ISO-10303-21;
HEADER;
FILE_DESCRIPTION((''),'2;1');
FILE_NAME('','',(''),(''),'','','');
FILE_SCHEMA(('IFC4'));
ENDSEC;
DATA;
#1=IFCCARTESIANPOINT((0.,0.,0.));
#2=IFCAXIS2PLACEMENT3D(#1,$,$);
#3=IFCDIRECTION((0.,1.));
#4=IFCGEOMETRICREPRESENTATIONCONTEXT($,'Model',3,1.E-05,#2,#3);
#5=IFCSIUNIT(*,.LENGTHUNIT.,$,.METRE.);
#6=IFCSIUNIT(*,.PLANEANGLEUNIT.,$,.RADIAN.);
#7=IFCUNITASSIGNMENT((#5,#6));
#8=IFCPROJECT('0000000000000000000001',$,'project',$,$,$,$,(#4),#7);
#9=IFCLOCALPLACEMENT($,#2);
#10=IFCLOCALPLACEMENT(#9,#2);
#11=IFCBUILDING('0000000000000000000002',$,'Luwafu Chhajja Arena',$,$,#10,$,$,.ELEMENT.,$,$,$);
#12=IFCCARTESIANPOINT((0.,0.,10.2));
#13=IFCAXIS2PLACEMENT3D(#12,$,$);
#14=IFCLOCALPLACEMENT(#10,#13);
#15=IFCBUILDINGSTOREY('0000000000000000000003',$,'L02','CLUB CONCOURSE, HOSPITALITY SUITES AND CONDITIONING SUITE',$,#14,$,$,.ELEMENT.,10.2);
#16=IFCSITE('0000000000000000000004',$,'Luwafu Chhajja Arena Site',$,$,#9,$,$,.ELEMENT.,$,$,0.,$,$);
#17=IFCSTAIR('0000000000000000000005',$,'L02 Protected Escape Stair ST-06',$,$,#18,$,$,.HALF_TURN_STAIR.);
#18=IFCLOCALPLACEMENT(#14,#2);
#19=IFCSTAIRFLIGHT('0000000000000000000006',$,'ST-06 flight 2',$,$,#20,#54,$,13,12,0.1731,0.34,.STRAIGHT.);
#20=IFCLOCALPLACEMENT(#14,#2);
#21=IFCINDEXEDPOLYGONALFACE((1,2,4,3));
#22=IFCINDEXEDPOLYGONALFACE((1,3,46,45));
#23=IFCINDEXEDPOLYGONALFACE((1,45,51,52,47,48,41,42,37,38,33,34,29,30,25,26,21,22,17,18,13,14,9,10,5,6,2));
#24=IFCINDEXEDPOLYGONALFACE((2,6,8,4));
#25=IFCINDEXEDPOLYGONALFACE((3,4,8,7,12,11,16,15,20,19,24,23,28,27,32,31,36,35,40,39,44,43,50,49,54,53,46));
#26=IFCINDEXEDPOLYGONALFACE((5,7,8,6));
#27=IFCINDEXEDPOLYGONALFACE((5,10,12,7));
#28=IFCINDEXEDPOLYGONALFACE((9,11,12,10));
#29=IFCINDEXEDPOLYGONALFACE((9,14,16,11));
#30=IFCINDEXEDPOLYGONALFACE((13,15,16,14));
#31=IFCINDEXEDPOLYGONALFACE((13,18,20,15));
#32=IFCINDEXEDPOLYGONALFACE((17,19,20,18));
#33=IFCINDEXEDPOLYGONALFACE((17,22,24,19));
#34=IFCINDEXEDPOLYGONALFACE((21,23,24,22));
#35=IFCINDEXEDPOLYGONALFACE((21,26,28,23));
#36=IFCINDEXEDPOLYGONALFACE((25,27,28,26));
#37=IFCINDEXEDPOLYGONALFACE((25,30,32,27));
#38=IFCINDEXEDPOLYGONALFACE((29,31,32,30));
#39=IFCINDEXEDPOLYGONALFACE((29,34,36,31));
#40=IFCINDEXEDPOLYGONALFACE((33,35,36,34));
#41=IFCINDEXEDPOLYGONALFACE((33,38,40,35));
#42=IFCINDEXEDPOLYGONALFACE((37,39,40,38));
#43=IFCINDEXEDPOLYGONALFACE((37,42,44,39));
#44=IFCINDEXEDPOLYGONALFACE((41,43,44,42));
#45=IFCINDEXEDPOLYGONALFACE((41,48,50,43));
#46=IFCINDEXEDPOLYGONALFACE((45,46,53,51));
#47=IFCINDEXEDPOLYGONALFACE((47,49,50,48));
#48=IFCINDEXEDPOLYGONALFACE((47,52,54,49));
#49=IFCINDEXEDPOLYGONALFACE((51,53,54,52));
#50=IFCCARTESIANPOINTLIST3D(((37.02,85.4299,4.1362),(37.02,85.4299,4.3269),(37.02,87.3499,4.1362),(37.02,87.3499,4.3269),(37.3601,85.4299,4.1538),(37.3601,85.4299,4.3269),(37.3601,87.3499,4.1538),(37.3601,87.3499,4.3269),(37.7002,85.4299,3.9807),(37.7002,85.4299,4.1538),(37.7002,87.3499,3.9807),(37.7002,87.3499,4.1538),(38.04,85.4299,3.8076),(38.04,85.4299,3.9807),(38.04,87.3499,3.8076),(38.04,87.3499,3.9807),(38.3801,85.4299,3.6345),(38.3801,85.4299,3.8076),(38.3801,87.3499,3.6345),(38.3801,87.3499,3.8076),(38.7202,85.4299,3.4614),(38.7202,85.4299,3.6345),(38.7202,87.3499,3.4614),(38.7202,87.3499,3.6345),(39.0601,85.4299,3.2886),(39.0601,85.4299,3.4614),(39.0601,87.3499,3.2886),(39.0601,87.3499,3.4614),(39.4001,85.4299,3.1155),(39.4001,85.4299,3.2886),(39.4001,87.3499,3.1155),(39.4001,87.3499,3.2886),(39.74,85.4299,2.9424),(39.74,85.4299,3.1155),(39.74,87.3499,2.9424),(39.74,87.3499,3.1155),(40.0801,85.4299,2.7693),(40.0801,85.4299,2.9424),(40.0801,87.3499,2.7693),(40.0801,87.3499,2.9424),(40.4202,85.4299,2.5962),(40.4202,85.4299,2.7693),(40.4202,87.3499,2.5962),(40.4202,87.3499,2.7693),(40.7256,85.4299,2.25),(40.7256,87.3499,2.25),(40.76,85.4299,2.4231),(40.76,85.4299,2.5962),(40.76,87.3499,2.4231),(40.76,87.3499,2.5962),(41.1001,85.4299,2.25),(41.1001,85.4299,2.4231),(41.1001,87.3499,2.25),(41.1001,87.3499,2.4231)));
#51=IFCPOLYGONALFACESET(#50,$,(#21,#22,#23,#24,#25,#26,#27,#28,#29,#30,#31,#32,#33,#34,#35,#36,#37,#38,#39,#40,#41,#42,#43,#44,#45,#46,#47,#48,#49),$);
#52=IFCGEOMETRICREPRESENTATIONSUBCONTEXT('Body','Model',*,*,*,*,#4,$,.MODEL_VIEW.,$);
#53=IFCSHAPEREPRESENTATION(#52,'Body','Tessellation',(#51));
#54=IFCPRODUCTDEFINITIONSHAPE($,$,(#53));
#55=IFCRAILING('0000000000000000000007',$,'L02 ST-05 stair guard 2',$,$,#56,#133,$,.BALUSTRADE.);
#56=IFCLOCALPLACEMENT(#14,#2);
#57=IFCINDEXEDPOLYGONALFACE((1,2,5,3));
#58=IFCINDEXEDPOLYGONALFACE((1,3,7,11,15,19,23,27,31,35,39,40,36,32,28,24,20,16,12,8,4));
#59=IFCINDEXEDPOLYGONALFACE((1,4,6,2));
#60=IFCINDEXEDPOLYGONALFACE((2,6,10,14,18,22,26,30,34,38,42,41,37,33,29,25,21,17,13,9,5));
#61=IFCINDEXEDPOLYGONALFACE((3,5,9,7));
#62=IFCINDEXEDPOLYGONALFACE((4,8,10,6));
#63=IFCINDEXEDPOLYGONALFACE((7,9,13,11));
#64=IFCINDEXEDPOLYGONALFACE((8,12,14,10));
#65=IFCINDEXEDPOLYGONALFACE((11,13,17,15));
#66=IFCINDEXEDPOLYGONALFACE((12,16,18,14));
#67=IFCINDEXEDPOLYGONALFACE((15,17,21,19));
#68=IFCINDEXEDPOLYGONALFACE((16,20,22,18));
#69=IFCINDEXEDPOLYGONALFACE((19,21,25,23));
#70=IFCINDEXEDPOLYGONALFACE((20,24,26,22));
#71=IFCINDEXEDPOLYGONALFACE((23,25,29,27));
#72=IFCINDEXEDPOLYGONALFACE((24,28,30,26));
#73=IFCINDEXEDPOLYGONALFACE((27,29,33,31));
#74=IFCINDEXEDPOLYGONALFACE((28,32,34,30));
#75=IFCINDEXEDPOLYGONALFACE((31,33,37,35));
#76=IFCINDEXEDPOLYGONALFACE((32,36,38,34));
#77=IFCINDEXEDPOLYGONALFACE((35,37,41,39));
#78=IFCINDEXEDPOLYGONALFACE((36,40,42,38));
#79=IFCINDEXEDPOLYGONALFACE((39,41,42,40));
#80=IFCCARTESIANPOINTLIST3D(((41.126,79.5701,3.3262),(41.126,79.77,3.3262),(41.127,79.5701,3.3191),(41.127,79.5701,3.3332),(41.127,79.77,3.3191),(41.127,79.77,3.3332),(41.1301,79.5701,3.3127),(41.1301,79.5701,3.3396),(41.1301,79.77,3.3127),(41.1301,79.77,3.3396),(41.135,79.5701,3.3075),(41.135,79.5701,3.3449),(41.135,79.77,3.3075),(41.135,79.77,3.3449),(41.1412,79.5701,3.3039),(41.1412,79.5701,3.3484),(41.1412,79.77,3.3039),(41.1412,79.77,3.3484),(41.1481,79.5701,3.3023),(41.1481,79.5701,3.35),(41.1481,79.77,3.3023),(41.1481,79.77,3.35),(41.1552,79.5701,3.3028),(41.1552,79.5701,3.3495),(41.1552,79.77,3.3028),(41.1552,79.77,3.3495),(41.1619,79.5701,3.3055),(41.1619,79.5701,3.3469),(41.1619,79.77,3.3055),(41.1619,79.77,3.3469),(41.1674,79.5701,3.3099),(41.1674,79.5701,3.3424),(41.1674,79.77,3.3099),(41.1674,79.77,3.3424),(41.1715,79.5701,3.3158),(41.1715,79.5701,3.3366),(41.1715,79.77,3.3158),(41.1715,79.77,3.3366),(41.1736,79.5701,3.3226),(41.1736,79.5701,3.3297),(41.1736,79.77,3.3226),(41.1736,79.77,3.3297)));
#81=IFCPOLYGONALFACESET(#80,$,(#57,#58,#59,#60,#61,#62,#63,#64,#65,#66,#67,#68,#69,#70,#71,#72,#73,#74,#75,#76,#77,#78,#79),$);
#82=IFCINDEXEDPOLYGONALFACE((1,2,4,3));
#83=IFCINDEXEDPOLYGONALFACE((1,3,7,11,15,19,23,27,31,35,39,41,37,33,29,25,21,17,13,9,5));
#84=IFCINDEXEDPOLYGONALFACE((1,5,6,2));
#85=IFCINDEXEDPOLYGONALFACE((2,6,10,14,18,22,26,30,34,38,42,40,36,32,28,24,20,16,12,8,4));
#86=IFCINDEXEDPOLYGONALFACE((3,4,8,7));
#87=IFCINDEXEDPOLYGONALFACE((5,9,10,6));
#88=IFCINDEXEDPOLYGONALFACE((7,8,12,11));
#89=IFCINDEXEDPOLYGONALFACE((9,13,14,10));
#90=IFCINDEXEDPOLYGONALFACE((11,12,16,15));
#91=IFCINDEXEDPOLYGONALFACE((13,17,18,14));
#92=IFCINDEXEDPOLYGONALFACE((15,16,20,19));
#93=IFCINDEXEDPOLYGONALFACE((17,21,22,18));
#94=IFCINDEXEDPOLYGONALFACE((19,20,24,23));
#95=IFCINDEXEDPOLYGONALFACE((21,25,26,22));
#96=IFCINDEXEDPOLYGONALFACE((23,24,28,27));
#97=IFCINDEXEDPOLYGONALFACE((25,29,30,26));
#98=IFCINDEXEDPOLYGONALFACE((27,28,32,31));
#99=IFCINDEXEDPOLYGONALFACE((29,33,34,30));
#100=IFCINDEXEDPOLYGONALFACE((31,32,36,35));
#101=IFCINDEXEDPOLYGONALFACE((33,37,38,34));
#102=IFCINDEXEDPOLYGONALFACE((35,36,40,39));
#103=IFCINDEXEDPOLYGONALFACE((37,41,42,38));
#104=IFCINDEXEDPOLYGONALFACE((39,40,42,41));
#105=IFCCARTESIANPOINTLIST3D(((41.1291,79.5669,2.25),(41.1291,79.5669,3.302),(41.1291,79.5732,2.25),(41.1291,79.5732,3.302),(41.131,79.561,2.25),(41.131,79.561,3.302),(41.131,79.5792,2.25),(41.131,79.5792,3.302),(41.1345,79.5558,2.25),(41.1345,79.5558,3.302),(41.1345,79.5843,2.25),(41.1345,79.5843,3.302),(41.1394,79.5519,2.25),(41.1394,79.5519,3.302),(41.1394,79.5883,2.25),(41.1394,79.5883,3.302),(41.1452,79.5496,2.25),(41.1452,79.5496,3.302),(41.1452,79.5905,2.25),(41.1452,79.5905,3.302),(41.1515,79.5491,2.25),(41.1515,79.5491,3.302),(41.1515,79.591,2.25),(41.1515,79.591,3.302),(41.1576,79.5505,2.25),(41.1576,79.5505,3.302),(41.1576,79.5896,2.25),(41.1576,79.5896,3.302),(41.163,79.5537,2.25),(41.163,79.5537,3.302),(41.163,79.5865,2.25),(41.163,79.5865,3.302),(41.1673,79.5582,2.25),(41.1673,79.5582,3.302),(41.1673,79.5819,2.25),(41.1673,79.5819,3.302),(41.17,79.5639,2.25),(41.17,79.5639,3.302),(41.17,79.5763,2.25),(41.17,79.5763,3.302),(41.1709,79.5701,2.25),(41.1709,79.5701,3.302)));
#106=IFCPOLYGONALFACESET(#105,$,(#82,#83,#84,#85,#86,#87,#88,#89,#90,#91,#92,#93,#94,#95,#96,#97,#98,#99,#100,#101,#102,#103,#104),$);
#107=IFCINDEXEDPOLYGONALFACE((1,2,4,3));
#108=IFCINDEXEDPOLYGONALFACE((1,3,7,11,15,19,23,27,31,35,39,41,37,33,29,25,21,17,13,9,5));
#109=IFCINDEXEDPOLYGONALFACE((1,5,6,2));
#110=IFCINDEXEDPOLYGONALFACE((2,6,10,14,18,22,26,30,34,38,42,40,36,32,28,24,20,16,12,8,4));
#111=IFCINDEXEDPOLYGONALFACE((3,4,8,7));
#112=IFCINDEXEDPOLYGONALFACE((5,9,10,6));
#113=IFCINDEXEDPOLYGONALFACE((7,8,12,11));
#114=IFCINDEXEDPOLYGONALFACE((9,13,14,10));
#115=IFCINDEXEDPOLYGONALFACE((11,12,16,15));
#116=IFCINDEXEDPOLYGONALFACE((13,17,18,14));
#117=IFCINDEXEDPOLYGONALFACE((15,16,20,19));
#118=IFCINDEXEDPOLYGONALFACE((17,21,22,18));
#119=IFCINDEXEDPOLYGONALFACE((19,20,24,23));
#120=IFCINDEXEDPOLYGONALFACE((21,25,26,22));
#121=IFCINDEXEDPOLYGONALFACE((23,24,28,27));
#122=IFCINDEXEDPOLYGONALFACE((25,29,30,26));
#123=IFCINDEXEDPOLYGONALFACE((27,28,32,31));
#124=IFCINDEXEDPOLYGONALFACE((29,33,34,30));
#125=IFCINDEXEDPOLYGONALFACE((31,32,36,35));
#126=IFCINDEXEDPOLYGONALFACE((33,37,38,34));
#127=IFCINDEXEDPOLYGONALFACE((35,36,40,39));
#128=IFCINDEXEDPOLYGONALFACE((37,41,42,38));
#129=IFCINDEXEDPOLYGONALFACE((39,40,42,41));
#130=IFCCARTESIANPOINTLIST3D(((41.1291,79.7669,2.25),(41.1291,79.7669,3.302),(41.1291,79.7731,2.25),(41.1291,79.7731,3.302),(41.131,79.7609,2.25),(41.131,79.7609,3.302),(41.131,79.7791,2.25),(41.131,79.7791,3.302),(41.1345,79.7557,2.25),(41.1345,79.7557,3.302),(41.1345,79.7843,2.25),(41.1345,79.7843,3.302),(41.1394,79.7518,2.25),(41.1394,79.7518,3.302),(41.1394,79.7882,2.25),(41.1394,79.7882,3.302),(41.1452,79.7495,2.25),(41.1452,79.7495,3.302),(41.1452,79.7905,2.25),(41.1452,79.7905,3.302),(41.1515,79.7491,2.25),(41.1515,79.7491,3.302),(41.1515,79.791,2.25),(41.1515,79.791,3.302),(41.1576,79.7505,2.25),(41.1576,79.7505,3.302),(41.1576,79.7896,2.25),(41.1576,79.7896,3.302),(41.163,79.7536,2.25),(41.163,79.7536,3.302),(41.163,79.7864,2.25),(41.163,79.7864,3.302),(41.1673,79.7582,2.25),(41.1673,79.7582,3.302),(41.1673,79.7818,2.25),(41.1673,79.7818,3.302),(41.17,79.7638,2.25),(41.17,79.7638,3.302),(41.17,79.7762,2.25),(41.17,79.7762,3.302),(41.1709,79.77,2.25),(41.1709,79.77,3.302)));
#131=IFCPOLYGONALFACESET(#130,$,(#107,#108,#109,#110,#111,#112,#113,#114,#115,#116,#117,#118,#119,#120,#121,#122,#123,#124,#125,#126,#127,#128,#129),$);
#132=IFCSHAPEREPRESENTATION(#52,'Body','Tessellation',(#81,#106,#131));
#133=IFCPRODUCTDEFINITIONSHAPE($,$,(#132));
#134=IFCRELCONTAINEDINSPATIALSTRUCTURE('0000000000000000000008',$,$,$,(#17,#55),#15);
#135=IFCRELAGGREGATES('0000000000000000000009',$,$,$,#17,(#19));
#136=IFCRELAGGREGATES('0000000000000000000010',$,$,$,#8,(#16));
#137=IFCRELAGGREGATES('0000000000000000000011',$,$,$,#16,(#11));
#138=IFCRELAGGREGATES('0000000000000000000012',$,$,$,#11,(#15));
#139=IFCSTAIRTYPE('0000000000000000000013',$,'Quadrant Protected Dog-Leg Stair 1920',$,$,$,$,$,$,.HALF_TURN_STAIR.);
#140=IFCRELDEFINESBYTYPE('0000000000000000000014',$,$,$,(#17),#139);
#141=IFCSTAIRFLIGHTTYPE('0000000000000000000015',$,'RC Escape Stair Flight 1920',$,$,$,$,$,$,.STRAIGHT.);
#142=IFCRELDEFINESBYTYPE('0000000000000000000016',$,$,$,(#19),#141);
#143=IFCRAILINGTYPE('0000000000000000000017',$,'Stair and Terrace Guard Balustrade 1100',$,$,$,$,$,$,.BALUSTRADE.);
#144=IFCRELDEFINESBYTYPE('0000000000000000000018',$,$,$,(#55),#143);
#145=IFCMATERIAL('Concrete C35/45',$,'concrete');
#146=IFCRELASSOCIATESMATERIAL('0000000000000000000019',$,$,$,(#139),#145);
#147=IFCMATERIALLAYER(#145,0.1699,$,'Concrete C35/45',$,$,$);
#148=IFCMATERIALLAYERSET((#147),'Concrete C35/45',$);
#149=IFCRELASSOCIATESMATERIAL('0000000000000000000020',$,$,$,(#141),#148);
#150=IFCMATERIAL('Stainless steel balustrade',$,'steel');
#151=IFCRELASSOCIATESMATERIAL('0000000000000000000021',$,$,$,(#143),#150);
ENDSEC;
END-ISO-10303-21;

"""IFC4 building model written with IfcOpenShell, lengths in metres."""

from ifc_helpers import new_model, si_unit, direction, frame, origin, origin_2d, place, context, subcontext, project, spatial, polyline, circle, outline, extrude, material, layer, layer_set, type_object, element, aggregate, save


model = new_model("IFC4")

# Units and contexts
model_context = context("Model", 3, precision=1e-05, world=origin(), true_north=direction((0.0, 1.0)))
body_context = subcontext(model_context, "Body", "Model", "MODEL_VIEW")
ifc_project = project(units=[si_unit("LENGTHUNIT", "METRE"), si_unit("PLANEANGLEUNIT", "RADIAN")], contexts=[model_context])

# Site, building, storey
site_placement = place(None, origin())
site = spatial("IfcSite", under=ifc_project, at=site_placement, Name="Luwafu Chhajja Arena Site", CompositionType="ELEMENT", RefElevation=0.0)
building_placement = place(site_placement, origin())
building = spatial("IfcBuilding", under=site, at=building_placement, Name="Luwafu Chhajja Arena", CompositionType="ELEMENT")
storey_placement = place(building_placement, frame((0.0, 0.0, 10.2)))
storey = spatial("IfcBuildingStorey", under=building, at=storey_placement, Name="L02", Description="CLUB CONCOURSE, HOSPITALITY SUITES AND CONDITIONING SUITE", CompositionType="ELEMENT", Elevation=10.2)

# Shared definitions
ifc_material_1 = material(Name="Concrete C35/45", Category="concrete")

# Stair, stair flight
stair_type = type_object("IfcStairType", Name="Quadrant Protected Dog-Leg Stair 1920", PredefinedType="HALF_TURN_STAIR", material=ifc_material_1)
stair_placement = place(storey_placement, origin())
stair = element("IfcStair", 1, at=stair_placement, inside=storey, type_object=stair_type, Name="L02 Protected Escape Stair ST-06", PredefinedType="HALF_TURN_STAIR")
ifc_layer_1 = layer(ifc_material_1, 0.1699, Name="Concrete C35/45")
ifc_layer_set_1 = layer_set([ifc_layer_1], Name="Concrete C35/45")
stair_flight_type = type_object("IfcStairFlightType", Name="RC Escape Stair Flight 1920", PredefinedType="STRAIGHT", material=ifc_layer_set_1)
stair_flight_placement = place(storey_placement, frame((41.1001, 86.3899, 2.25), z_axis=(0.0, 0.0, 1.0), x_axis=(-1.0, 0.0, 0.0)))
stair_flight = element("IfcStairFlight", 2, at=stair_flight_placement, type_object=stair_flight_type, Name="ST-06 flight 2", NumberOfRisers=13, NumberOfTreads=12, PredefinedType="STRAIGHT", RiserHeight=0.1731, TreadLength=0.34, context=body_context, shape_type="SweptSolid", body=[
    extrude(outline(polyline([(0.0, 0.0), (0.0, 0.1731), (0.3401, 0.1731), (0.3401, 0.3462), (0.6799, 0.3462), (0.6799, 0.5193), (1.02, 0.5193), (1.02, 0.6924), (1.3601, 0.6924), (1.3601, 0.8655), (1.7, 0.8655), (1.7, 1.0386), (2.04, 1.0386), (2.04, 1.2114), (2.3799, 1.2114), (2.3799, 1.3845), (2.72, 1.3845), (2.72, 1.5576), (3.0601, 1.5576), (3.0601, 1.7307), (3.3999, 1.7307), (3.3999, 1.9038), (3.74, 1.9038), (3.74, 2.0769), (4.0801, 2.0769), (4.0801, 2.25), (4.0801, 1.8862), (0.3745, 0.0), (0.0, 0.0)])), frame((0.0, 0.96, 0.0), z_axis=(0.0, -1.0, 0.0), x_axis=(1.0, 0.0, 0.0)), (0.0, 0.0, 1.0), 1.9199),
])
aggregate(stair, [stair_flight])

# Railing
ifc_material_2 = material(Name="Stainless steel balustrade", Category="steel")
railing_type_1 = type_object("IfcRailingType", Name="Stair and Terrace Guard Balustrade 1100", PredefinedType="BALUSTRADE", material=ifc_material_2)
railing_1_placement = place(storey_placement, frame((41.1499, 79.5701, 2.25)))
element("IfcRailing", 3, at=railing_1_placement, inside=storey, type_object=railing_type_1, Name="L02 ST-05 stair guard 2", PredefinedType="BALUSTRADE", context=body_context, shape_type="SweptSolid", body=[
    extrude(circle(Radius=0.0239, at=origin_2d()), frame((0.0, 0.0, 1.0762), z_axis=(0.0, 1.0, 0.0), x_axis=(-1.0, 0.0, 0.0)), (0.0, 0.0, 1.0), 0.2),
    extrude(circle(Radius=0.021, at=origin_2d()), origin(), (0.0, 0.0, 1.0), 1.052),
    extrude(circle(Radius=0.021, at=origin_2d()), frame((0.0, 0.2, 0.0)), (0.0, 0.0, 1.0), 1.052),
])

save(model, "model.ifc")
